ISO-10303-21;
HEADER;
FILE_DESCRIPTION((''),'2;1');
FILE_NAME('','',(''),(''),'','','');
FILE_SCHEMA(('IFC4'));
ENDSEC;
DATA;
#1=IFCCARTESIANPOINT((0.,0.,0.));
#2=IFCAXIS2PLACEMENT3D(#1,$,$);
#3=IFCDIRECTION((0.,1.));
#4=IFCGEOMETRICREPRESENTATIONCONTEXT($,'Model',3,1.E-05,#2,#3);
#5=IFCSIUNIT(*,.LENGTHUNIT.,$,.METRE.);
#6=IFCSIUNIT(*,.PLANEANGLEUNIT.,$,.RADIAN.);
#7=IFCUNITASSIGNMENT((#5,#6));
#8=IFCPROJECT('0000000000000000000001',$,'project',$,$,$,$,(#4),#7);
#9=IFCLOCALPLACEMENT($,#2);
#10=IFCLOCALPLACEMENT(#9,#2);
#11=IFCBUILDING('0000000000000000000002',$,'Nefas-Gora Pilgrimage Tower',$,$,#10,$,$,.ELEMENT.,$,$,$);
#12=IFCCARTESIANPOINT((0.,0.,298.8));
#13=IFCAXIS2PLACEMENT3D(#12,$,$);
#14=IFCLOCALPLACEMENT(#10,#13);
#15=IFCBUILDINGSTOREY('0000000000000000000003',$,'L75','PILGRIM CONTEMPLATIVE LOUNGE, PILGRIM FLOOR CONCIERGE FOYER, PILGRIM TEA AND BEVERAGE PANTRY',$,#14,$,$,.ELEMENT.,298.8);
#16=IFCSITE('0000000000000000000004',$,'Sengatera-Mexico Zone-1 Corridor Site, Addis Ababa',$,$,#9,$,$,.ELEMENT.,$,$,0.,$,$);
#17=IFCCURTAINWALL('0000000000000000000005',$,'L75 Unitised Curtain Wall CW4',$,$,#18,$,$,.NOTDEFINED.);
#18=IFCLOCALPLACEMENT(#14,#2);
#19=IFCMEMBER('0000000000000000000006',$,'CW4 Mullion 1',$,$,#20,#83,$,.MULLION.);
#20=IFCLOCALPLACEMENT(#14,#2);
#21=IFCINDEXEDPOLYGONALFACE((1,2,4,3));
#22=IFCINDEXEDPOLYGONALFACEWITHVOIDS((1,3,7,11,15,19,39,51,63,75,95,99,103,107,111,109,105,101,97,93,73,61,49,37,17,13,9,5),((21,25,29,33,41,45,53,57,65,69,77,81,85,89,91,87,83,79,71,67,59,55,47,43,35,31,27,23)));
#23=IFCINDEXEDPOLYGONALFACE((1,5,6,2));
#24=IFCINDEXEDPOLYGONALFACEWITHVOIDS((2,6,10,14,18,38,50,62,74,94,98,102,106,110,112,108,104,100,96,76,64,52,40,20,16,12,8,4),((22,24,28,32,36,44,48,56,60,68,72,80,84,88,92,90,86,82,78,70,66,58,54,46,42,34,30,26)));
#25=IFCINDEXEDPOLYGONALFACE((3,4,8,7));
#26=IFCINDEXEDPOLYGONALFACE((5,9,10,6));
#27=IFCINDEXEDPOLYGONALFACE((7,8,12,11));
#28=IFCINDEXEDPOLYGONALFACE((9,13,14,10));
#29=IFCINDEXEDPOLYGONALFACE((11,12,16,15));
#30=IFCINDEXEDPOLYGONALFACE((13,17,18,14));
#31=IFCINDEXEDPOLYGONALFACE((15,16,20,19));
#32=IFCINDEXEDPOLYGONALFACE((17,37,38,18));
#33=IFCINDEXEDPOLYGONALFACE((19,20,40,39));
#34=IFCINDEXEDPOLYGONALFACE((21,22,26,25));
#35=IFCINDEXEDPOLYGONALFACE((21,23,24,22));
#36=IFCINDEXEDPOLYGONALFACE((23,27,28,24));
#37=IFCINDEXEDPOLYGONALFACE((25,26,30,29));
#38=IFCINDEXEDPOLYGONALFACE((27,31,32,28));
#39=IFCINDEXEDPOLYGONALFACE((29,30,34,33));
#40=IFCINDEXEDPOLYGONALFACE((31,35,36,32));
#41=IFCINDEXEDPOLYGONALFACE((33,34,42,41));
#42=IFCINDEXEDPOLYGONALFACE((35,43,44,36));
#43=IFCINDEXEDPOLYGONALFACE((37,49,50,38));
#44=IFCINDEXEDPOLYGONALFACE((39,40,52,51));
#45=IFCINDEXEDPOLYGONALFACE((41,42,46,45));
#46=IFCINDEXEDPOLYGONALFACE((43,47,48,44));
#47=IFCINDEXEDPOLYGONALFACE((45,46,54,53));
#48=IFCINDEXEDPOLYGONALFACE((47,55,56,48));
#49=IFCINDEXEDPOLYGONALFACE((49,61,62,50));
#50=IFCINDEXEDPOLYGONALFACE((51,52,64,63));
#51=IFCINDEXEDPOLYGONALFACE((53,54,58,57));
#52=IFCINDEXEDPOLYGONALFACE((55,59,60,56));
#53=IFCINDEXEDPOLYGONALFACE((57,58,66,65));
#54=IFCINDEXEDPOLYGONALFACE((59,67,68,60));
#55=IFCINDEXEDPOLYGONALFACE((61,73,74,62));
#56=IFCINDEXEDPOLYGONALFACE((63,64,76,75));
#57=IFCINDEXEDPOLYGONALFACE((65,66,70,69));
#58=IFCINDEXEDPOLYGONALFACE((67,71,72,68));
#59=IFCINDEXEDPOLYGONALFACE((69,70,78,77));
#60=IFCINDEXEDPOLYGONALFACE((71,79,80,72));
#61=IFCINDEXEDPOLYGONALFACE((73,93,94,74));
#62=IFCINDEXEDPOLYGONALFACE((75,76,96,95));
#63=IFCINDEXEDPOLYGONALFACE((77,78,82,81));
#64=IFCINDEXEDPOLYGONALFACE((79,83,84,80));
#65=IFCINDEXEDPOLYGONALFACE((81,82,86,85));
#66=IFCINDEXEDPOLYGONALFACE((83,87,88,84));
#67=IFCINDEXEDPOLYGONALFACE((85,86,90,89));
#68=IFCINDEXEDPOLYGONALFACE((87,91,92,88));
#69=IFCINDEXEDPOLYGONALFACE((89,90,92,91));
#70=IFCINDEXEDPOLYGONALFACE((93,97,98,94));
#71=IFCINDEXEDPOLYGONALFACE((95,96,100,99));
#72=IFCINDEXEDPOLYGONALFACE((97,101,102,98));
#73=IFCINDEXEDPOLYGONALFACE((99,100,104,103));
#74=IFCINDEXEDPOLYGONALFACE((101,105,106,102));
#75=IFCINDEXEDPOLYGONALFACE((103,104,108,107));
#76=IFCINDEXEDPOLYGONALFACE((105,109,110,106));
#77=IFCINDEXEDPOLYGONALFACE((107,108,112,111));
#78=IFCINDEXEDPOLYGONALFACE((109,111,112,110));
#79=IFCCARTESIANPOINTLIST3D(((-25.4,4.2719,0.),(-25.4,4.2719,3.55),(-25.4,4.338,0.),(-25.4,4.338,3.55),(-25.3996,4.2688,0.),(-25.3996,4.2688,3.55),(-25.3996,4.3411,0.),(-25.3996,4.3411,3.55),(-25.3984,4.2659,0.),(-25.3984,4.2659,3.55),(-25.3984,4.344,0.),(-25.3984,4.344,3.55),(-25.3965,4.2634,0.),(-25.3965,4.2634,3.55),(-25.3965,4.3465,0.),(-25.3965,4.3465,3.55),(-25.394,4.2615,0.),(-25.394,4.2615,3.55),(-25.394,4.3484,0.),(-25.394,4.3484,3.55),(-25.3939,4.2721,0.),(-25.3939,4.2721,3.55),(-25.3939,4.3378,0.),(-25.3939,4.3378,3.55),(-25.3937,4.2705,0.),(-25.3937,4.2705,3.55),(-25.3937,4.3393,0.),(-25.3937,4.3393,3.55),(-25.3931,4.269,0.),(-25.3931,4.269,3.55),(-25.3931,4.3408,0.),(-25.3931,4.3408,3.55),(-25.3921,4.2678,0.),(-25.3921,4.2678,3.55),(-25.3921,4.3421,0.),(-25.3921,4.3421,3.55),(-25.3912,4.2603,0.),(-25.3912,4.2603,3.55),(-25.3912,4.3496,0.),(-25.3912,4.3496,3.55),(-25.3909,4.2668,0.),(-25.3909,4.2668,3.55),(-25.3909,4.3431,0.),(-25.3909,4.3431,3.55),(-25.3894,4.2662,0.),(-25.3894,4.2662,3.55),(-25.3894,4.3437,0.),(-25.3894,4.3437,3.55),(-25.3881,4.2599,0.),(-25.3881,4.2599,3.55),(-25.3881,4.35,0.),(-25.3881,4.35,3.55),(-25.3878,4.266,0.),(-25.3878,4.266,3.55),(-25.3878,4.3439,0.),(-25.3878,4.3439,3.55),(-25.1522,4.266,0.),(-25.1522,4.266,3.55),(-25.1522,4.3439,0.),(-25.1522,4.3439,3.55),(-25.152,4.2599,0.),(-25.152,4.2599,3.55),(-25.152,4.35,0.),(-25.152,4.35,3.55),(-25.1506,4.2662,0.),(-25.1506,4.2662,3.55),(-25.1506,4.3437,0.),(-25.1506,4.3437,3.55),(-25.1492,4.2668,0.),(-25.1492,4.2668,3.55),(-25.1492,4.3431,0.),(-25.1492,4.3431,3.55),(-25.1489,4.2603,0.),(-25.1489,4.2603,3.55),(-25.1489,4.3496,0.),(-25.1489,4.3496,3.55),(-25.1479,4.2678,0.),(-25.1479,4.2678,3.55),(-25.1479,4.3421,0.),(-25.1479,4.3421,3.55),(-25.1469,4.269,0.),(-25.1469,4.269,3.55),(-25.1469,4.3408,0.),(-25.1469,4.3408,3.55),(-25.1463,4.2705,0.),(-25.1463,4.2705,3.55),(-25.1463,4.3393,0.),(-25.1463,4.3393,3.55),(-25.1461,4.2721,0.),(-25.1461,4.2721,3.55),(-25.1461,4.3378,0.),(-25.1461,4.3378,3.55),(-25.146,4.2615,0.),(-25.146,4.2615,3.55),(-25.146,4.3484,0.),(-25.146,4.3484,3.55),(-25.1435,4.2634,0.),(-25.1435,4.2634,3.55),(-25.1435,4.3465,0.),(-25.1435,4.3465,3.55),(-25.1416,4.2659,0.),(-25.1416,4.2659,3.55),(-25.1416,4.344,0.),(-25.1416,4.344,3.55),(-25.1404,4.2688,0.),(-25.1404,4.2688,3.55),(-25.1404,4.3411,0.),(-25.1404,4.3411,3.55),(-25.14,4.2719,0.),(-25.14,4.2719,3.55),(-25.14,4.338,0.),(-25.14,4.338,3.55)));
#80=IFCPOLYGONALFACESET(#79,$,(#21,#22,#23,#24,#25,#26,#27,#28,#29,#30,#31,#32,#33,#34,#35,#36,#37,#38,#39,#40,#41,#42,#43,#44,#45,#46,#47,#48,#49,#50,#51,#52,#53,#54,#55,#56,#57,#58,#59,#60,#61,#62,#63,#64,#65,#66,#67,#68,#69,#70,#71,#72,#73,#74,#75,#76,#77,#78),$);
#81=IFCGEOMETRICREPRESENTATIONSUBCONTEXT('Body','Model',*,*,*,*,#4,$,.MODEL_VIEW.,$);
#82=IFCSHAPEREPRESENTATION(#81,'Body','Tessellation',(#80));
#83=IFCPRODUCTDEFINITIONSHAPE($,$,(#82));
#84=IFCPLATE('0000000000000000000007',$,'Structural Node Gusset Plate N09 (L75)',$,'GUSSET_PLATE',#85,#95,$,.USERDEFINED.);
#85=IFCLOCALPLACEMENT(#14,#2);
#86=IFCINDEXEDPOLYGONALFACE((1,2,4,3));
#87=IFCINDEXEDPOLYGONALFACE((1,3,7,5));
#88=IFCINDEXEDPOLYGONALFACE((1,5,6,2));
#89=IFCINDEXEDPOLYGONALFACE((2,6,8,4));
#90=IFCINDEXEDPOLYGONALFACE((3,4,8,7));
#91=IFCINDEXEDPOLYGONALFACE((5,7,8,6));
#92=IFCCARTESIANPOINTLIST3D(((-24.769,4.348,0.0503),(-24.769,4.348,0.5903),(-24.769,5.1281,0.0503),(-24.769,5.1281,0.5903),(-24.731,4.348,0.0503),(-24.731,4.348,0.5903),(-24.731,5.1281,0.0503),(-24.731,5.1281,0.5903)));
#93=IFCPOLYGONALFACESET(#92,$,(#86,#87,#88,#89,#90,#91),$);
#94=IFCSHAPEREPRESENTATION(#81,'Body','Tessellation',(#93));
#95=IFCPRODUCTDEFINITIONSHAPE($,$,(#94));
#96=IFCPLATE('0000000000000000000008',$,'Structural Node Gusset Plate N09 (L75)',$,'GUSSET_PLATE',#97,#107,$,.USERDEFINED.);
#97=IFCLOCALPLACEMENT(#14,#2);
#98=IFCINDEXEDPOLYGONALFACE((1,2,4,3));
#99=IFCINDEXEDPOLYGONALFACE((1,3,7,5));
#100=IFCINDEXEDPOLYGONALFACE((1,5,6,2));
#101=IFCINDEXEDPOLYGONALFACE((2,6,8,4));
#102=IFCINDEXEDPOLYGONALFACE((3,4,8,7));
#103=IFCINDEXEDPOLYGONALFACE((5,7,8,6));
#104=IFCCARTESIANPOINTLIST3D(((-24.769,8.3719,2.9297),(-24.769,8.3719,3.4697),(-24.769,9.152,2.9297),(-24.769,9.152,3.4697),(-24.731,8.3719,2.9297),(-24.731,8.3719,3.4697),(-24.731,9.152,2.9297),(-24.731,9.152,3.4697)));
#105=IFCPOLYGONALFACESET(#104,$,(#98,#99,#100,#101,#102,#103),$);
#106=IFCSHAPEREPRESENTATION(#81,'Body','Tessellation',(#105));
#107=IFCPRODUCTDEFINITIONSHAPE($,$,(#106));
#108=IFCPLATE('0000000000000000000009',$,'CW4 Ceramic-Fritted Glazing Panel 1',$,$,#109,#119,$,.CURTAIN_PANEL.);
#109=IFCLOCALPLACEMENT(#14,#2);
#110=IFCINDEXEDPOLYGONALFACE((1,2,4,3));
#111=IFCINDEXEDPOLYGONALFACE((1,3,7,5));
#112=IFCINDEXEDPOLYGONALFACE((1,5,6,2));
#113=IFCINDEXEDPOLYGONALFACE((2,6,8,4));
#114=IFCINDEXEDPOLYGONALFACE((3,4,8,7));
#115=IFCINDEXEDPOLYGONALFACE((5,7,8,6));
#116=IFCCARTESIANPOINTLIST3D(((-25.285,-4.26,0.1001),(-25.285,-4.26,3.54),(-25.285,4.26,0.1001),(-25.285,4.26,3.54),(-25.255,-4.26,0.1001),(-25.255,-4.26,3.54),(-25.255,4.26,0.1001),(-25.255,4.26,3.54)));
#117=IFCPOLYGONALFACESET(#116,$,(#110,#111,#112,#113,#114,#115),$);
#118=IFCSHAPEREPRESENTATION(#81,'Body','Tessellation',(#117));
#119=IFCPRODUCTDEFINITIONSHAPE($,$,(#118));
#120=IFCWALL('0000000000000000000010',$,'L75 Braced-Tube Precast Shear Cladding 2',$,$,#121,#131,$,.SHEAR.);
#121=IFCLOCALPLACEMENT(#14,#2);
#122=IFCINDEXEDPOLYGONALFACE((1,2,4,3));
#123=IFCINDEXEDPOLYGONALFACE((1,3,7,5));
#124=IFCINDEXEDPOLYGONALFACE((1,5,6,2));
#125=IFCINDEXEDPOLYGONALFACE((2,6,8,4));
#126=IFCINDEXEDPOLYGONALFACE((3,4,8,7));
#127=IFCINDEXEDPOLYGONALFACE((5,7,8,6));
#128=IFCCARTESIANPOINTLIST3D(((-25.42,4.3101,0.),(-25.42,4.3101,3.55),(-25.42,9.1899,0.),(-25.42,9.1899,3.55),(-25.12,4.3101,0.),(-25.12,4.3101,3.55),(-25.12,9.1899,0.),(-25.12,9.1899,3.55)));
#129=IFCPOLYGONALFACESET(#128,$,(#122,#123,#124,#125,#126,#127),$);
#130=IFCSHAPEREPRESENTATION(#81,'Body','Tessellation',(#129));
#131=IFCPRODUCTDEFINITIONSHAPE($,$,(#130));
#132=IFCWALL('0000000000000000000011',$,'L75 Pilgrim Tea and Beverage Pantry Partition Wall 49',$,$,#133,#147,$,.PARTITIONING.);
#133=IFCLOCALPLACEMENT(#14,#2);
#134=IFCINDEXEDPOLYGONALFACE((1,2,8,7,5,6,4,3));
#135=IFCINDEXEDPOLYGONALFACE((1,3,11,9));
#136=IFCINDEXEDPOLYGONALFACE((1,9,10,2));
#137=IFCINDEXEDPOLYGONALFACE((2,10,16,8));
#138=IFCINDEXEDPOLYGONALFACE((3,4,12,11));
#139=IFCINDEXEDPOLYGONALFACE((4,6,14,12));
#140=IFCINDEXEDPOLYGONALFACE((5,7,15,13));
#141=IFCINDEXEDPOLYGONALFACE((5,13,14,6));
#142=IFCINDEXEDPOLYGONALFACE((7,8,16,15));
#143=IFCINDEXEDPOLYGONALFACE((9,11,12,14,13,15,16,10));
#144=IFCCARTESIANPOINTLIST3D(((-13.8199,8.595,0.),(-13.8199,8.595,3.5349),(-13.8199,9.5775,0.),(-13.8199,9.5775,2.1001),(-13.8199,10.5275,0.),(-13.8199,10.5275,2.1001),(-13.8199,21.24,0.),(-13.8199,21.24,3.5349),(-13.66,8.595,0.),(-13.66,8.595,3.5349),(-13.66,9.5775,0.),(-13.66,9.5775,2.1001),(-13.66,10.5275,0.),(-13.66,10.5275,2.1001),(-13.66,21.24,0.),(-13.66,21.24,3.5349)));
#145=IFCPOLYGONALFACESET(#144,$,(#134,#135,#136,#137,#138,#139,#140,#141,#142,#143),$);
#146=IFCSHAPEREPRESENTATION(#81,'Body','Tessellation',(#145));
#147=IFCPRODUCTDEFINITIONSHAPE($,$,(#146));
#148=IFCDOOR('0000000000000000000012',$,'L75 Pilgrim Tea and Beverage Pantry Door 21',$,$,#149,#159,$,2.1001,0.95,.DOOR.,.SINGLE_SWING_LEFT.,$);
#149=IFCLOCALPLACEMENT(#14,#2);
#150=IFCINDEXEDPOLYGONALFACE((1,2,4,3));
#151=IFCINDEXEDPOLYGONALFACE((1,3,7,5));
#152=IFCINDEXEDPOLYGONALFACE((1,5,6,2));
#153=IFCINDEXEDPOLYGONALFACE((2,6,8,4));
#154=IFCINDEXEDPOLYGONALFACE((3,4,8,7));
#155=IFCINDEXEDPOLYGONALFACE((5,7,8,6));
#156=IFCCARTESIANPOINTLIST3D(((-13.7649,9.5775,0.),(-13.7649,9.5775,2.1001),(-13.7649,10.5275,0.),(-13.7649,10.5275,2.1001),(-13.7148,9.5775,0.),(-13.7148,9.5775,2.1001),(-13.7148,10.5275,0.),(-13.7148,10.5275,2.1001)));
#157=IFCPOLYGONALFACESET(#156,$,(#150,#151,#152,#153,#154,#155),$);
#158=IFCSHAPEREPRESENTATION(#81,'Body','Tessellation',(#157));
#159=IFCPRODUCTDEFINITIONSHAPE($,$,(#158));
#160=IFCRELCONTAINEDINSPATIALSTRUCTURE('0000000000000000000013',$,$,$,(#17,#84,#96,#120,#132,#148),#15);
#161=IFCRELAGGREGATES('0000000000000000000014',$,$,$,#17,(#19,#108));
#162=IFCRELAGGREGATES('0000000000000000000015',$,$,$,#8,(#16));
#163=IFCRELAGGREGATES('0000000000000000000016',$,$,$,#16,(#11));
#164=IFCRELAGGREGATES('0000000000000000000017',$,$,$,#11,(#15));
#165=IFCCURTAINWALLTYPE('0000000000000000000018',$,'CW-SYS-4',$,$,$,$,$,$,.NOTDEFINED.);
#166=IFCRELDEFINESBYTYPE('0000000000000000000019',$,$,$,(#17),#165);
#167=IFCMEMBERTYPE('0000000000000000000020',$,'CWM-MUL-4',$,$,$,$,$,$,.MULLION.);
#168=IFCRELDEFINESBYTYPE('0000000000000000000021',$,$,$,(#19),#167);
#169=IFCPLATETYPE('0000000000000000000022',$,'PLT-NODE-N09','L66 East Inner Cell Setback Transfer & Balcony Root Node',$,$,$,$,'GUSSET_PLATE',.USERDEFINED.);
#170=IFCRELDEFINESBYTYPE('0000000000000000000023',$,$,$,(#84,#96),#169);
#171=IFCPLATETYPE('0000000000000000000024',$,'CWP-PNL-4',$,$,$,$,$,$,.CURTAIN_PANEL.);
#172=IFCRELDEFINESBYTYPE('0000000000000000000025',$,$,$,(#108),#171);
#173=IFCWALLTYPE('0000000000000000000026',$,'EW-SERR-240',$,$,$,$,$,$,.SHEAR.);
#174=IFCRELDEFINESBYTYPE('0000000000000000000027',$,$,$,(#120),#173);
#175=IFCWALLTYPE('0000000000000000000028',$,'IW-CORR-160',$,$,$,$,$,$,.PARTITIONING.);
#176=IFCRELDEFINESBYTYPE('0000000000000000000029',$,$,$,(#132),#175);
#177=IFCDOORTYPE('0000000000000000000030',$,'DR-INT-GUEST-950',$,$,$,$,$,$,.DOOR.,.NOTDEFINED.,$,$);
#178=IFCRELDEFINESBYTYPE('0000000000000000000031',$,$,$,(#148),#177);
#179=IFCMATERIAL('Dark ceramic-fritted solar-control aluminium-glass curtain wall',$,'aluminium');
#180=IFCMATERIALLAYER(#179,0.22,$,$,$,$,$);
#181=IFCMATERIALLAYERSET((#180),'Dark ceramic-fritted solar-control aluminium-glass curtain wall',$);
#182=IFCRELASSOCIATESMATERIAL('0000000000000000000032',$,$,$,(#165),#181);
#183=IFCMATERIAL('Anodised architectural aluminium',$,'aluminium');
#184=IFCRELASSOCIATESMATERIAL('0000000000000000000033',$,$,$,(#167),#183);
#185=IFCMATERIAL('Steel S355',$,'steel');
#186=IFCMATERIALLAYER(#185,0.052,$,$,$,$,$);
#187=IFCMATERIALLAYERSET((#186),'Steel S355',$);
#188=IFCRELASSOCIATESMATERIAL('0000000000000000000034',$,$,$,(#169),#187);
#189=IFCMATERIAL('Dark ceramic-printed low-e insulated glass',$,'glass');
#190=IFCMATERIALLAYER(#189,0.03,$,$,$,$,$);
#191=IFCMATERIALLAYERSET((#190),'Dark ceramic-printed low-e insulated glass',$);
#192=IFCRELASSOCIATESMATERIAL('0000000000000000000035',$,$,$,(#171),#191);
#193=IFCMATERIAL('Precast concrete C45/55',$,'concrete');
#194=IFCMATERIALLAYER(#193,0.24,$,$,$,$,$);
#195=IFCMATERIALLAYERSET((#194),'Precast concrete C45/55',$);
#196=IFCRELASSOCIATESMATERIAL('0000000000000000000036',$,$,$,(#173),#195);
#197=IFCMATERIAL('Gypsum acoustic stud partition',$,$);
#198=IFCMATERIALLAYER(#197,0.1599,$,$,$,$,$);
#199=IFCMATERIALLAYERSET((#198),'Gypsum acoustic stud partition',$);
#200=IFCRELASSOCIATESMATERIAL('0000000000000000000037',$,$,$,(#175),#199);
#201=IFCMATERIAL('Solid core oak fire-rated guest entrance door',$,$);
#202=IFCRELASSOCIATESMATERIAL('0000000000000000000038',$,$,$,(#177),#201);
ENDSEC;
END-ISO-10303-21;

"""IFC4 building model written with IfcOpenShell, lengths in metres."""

from ifc_helpers import new_model, si_unit, direction, frame, frame_2d, origin, origin_2d, place, context, subcontext, project, spatial, rectangle, hollow_rectangle, extrude, source, transform, mapped, material, layer, layer_set, material_profile, profile_set, type_object, element, fill, aggregate, save


model = new_model("IFC4")

# Units and contexts
model_context = context("Model", 3, precision=1e-05, world=origin(), true_north=direction((0.0, 1.0)))
body_context = subcontext(model_context, "Body", "Model", "MODEL_VIEW")
ifc_project = project(units=[si_unit("LENGTHUNIT", "METRE"), si_unit("PLANEANGLEUNIT", "RADIAN")], contexts=[model_context])

# Site, building, storey
site_placement = place(None, origin())
site = spatial("IfcSite", under=ifc_project, at=site_placement, Name="Sengatera-Mexico Zone-1 Corridor Site, Addis Ababa", CompositionType="ELEMENT", RefElevation=0.0)
building_placement = place(site_placement, origin())
building = spatial("IfcBuilding", under=site, at=building_placement, Name="Nefas-Gora Pilgrimage Tower", CompositionType="ELEMENT")
storey_placement = place(building_placement, frame((0.0, 0.0, 298.8)))
storey = spatial("IfcBuildingStorey", under=building, at=storey_placement, Name="L75", Description="PILGRIM CONTEMPLATIVE LOUNGE, PILGRIM FLOOR CONCIERGE FOYER, PILGRIM TEA AND BEVERAGE PANTRY", CompositionType="ELEMENT", Elevation=298.8)

# Shared definitions
ifc_material_1 = material(Name="Steel S355", Category="steel")

# Curtain wall, member
ifc_material_2 = material(Name="Dark ceramic-fritted solar-control aluminium-glass curtain wall", Category="aluminium")
ifc_layer_1 = layer(ifc_material_2, 0.22)
ifc_layer_set_1 = layer_set([ifc_layer_1], Name="Dark ceramic-fritted solar-control aluminium-glass curtain wall")
curtain_wall_type = type_object("IfcCurtainWallType", Name="CW-SYS-4", PredefinedType="NOTDEFINED", material=ifc_layer_set_1)
curtain_wall_placement = place(storey_placement, origin())
curtain_wall = element("IfcCurtainWall", 1, at=curtain_wall_placement, inside=storey, type_object=curtain_wall_type, Name="L75 Unitised Curtain Wall CW4", PredefinedType="NOTDEFINED")
ifc_material_3 = material(Name="Anodised architectural aluminium", Category="aluminium")
ifc_material_profile_1 = material_profile(ifc_material_3, hollow_rectangle(XDim=0.0901, YDim=0.26, WallThickness=0.0061, InnerFilletRadius=0.0061, OuterFilletRadius=0.012, at=origin_2d()), Name="ALU MULLION 90x260")
ifc_profile_set_1 = profile_set([ifc_material_profile_1], Name="Anodised architectural aluminium")
member_type_1 = type_object("IfcMemberType", Name="CWM-MUL-4", PredefinedType="MULLION", material=ifc_profile_set_1)
shared_shape_1 = source(origin(), body_context, "Body", "SweptSolid", [
    extrude(hollow_rectangle(XDim=0.0901, YDim=0.26, WallThickness=0.0061, InnerFilletRadius=0.0061, OuterFilletRadius=0.012, at=origin_2d()), origin(), (0.0, 0.0, 1.0), 3.55),
])
member_1_placement = place(storey_placement, frame((-25.27, 4.3049, 0.0), z_axis=(0.0, 0.0, 1.0), x_axis=(0.0, -1.0, 0.0)))
member_1 = element("IfcMember", 2, at=member_1_placement, type_object=member_type_1, Name="CW4 Mullion 1", PredefinedType="MULLION", context=body_context, shape_type="MappedRepresentation", body=[
    mapped(shared_shape_1, transform((0.0, 0.0, 0.0), x_axis=(1.0, 0.0, 0.0), y_axis=(0.0, 1.0, 0.0), z_axis=(0.0, 0.0, 1.0), scale=1.0)),
])

# Plates
ifc_layer_2 = layer(ifc_material_1, 0.052)
ifc_layer_set_2 = layer_set([ifc_layer_2], Name="Steel S355")
plate_type_1 = type_object("IfcPlateType", Name="PLT-NODE-N09", Description="L66 East Inner Cell Setback Transfer & Balcony Root Node", ElementType="GUSSET_PLATE", PredefinedType="USERDEFINED", material=ifc_layer_set_2)
shared_shape_2 = source(origin(), body_context, "Body", "SweptSolid", [
    extrude(rectangle(XDim=0.78, YDim=0.0381, at=origin_2d()), origin(), (0.0, 0.0, 1.0), 0.54),
])
for number, where, z_axis, x_axis, name in (
    (3, (-24.75, 4.738, 0.0503), (0.0, 0.0, 1.0), (0.0, 1.0, 0.0), "Structural Node Gusset Plate N09 (L75)"),
    (4, (-24.75, 8.762, 2.9297), (0.0, 0.0, 1.0), (0.0, 1.0, 0.0), "Structural Node Gusset Plate N09 (L75)"),
):
    element("IfcPlate", number, at=place(storey_placement, frame(where, z_axis=z_axis, x_axis=x_axis)), inside=storey, type_object=plate_type_1, Name=name, ObjectType="GUSSET_PLATE", PredefinedType="USERDEFINED", context=body_context, shape_type="MappedRepresentation", body=[
        mapped(shared_shape_2, transform((0.0, 0.0, 0.0), x_axis=(1.0, 0.0, 0.0), y_axis=(0.0, 1.0, 0.0), z_axis=(0.0, 0.0, 1.0), scale=1.0)),
    ])

# Plate
ifc_material_4 = material(Name="Dark ceramic-printed low-e insulated glass", Category="glass")
ifc_layer_3 = layer(ifc_material_4, 0.03)
ifc_layer_set_3 = layer_set([ifc_layer_3], Name="Dark ceramic-printed low-e insulated glass")
plate_type_2 = type_object("IfcPlateType", Name="CWP-PNL-4", PredefinedType="CURTAIN_PANEL", material=ifc_layer_set_3)
shared_shape_3 = source(origin(), body_context, "Body", "SweptSolid", [
    extrude(rectangle(XDim=8.52, YDim=0.03, at=origin_2d()), origin(), (0.0, 0.0, 1.0), 3.4399),
])
plate_placement = place(storey_placement, frame((-25.27, 0.0, 0.1001), z_axis=(0.0, 0.0, 1.0), x_axis=(0.0, -1.0, 0.0)))
plate = element("IfcPlate", 5, at=plate_placement, type_object=plate_type_2, Name="CW4 Ceramic-Fritted Glazing Panel 1", PredefinedType="CURTAIN_PANEL", context=body_context, shape_type="MappedRepresentation", body=[
    mapped(shared_shape_3, transform((0.0, 0.0, 0.0), x_axis=(1.0, 0.0, 0.0), y_axis=(0.0, 1.0, 0.0), z_axis=(0.0, 0.0, 1.0), scale=1.0)),
])
aggregate(curtain_wall, [member_1, plate])

# Wall
ifc_material_5 = material(Name="Precast concrete C45/55", Category="concrete")
ifc_layer_4 = layer(ifc_material_5, 0.24)
ifc_layer_set_4 = layer_set([ifc_layer_4], Name="Precast concrete C45/55")
wall_type_1 = type_object("IfcWallType", Name="EW-SERR-240", PredefinedType="SHEAR", material=ifc_layer_set_4)
shared_shape_4 = source(origin(), body_context, "Body", "SweptSolid", [
    extrude(rectangle(XDim=4.8799, YDim=0.3, at=frame_2d((2.4399, 0.0))), origin(), (0.0, 0.0, 1.0), 3.55),
])
wall_1_placement = place(storey_placement, frame((-25.27, 4.3101, 0.0), z_axis=(0.0, 0.0, 1.0), x_axis=(0.0, 1.0, 0.0)))
element("IfcWall", 6, at=wall_1_placement, inside=storey, type_object=wall_type_1, Name="L75 Braced-Tube Precast Shear Cladding 2", PredefinedType="SHEAR", context=body_context, shape_type="MappedRepresentation", body=[
    mapped(shared_shape_4, transform((0.0, 0.0, 0.0), x_axis=(1.0, 0.0, 0.0), y_axis=(0.0, 1.0, 0.0), z_axis=(0.0, 0.0, 1.0), scale=1.0)),
])

# Wall, opening, door
ifc_material_6 = material(Name="Gypsum acoustic stud partition")
ifc_layer_5 = layer(ifc_material_6, 0.1599)
ifc_layer_set_5 = layer_set([ifc_layer_5], Name="Gypsum acoustic stud partition")
wall_type_2 = type_object("IfcWallType", Name="IW-CORR-160", PredefinedType="PARTITIONING", material=ifc_layer_set_5)
shared_shape_5 = source(origin(), body_context, "Body", "SweptSolid", [
    extrude(rectangle(XDim=12.645, YDim=0.1599, at=frame_2d((6.3225, 0.0))), origin(), (0.0, 0.0, 1.0), 3.5349),
])
wall_2_placement = place(storey_placement, frame((-13.74, 8.595, 0.0), z_axis=(0.0, 0.0, 1.0), x_axis=(0.0, 1.0, 0.0)))
wall_2 = element("IfcWall", 7, at=wall_2_placement, inside=storey, type_object=wall_type_2, Name="L75 Pilgrim Tea and Beverage Pantry Partition Wall 49", PredefinedType="PARTITIONING", context=body_context, shape_type="MappedRepresentation", body=[
    mapped(shared_shape_5, transform((0.0, 0.0, 0.0), x_axis=(1.0, 0.0, 0.0), y_axis=(0.0, 1.0, 0.0), z_axis=(0.0, 0.0, 1.0), scale=1.0)),
])
opening_1_placement = place(wall_2_placement, frame((0.9824, 0.0, 0.0)))
opening_1 = element("IfcOpeningElement", 8, at=opening_1_placement, cuts=wall_2, PredefinedType="OPENING", context=body_context, shape_type="SweptSolid", body=[
    extrude(rectangle(XDim=0.95, YDim=2.1001, at=frame_2d((0.4751, 1.05))), frame((0.0, 0.0898, 0.0), z_axis=(0.0, -1.0, 0.0), x_axis=(1.0, 0.0, 0.0)), (0.0, 0.0, 1.0), 0.1799),
])
ifc_material_7 = material(Name="Solid core oak fire-rated guest entrance door")
door_type = type_object("IfcDoorType", Name="DR-INT-GUEST-950", OperationType="NOTDEFINED", PredefinedType="DOOR", material=ifc_material_7)
shared_shape_6 = source(origin(), body_context, "Body", "SweptSolid", [
    extrude(rectangle(XDim=0.95, YDim=2.1001, at=frame_2d((0.4751, 1.05))), frame((0.0, 0.0249, 0.0), z_axis=(0.0, -1.0, 0.0), x_axis=(1.0, 0.0, 0.0)), (0.0, 0.0, 1.0), 0.05),
])
door_1_placement = place(opening_1_placement, origin())
door_1 = element("IfcDoor", 9, at=door_1_placement, inside=storey, type_object=door_type, Name="L75 Pilgrim Tea and Beverage Pantry Door 21", OperationType="SINGLE_SWING_LEFT", OverallHeight=2.1001, OverallWidth=0.95, PredefinedType="DOOR", context=body_context, shape_type="MappedRepresentation", body=[
    mapped(shared_shape_6, transform((0.0, 0.0, 0.0), x_axis=(1.0, 0.0, 0.0), y_axis=(0.0, 1.0, 0.0), z_axis=(0.0, 0.0, 1.0), scale=1.0)),
])
fill(opening_1, door_1)

save(model, "model.ifc")
